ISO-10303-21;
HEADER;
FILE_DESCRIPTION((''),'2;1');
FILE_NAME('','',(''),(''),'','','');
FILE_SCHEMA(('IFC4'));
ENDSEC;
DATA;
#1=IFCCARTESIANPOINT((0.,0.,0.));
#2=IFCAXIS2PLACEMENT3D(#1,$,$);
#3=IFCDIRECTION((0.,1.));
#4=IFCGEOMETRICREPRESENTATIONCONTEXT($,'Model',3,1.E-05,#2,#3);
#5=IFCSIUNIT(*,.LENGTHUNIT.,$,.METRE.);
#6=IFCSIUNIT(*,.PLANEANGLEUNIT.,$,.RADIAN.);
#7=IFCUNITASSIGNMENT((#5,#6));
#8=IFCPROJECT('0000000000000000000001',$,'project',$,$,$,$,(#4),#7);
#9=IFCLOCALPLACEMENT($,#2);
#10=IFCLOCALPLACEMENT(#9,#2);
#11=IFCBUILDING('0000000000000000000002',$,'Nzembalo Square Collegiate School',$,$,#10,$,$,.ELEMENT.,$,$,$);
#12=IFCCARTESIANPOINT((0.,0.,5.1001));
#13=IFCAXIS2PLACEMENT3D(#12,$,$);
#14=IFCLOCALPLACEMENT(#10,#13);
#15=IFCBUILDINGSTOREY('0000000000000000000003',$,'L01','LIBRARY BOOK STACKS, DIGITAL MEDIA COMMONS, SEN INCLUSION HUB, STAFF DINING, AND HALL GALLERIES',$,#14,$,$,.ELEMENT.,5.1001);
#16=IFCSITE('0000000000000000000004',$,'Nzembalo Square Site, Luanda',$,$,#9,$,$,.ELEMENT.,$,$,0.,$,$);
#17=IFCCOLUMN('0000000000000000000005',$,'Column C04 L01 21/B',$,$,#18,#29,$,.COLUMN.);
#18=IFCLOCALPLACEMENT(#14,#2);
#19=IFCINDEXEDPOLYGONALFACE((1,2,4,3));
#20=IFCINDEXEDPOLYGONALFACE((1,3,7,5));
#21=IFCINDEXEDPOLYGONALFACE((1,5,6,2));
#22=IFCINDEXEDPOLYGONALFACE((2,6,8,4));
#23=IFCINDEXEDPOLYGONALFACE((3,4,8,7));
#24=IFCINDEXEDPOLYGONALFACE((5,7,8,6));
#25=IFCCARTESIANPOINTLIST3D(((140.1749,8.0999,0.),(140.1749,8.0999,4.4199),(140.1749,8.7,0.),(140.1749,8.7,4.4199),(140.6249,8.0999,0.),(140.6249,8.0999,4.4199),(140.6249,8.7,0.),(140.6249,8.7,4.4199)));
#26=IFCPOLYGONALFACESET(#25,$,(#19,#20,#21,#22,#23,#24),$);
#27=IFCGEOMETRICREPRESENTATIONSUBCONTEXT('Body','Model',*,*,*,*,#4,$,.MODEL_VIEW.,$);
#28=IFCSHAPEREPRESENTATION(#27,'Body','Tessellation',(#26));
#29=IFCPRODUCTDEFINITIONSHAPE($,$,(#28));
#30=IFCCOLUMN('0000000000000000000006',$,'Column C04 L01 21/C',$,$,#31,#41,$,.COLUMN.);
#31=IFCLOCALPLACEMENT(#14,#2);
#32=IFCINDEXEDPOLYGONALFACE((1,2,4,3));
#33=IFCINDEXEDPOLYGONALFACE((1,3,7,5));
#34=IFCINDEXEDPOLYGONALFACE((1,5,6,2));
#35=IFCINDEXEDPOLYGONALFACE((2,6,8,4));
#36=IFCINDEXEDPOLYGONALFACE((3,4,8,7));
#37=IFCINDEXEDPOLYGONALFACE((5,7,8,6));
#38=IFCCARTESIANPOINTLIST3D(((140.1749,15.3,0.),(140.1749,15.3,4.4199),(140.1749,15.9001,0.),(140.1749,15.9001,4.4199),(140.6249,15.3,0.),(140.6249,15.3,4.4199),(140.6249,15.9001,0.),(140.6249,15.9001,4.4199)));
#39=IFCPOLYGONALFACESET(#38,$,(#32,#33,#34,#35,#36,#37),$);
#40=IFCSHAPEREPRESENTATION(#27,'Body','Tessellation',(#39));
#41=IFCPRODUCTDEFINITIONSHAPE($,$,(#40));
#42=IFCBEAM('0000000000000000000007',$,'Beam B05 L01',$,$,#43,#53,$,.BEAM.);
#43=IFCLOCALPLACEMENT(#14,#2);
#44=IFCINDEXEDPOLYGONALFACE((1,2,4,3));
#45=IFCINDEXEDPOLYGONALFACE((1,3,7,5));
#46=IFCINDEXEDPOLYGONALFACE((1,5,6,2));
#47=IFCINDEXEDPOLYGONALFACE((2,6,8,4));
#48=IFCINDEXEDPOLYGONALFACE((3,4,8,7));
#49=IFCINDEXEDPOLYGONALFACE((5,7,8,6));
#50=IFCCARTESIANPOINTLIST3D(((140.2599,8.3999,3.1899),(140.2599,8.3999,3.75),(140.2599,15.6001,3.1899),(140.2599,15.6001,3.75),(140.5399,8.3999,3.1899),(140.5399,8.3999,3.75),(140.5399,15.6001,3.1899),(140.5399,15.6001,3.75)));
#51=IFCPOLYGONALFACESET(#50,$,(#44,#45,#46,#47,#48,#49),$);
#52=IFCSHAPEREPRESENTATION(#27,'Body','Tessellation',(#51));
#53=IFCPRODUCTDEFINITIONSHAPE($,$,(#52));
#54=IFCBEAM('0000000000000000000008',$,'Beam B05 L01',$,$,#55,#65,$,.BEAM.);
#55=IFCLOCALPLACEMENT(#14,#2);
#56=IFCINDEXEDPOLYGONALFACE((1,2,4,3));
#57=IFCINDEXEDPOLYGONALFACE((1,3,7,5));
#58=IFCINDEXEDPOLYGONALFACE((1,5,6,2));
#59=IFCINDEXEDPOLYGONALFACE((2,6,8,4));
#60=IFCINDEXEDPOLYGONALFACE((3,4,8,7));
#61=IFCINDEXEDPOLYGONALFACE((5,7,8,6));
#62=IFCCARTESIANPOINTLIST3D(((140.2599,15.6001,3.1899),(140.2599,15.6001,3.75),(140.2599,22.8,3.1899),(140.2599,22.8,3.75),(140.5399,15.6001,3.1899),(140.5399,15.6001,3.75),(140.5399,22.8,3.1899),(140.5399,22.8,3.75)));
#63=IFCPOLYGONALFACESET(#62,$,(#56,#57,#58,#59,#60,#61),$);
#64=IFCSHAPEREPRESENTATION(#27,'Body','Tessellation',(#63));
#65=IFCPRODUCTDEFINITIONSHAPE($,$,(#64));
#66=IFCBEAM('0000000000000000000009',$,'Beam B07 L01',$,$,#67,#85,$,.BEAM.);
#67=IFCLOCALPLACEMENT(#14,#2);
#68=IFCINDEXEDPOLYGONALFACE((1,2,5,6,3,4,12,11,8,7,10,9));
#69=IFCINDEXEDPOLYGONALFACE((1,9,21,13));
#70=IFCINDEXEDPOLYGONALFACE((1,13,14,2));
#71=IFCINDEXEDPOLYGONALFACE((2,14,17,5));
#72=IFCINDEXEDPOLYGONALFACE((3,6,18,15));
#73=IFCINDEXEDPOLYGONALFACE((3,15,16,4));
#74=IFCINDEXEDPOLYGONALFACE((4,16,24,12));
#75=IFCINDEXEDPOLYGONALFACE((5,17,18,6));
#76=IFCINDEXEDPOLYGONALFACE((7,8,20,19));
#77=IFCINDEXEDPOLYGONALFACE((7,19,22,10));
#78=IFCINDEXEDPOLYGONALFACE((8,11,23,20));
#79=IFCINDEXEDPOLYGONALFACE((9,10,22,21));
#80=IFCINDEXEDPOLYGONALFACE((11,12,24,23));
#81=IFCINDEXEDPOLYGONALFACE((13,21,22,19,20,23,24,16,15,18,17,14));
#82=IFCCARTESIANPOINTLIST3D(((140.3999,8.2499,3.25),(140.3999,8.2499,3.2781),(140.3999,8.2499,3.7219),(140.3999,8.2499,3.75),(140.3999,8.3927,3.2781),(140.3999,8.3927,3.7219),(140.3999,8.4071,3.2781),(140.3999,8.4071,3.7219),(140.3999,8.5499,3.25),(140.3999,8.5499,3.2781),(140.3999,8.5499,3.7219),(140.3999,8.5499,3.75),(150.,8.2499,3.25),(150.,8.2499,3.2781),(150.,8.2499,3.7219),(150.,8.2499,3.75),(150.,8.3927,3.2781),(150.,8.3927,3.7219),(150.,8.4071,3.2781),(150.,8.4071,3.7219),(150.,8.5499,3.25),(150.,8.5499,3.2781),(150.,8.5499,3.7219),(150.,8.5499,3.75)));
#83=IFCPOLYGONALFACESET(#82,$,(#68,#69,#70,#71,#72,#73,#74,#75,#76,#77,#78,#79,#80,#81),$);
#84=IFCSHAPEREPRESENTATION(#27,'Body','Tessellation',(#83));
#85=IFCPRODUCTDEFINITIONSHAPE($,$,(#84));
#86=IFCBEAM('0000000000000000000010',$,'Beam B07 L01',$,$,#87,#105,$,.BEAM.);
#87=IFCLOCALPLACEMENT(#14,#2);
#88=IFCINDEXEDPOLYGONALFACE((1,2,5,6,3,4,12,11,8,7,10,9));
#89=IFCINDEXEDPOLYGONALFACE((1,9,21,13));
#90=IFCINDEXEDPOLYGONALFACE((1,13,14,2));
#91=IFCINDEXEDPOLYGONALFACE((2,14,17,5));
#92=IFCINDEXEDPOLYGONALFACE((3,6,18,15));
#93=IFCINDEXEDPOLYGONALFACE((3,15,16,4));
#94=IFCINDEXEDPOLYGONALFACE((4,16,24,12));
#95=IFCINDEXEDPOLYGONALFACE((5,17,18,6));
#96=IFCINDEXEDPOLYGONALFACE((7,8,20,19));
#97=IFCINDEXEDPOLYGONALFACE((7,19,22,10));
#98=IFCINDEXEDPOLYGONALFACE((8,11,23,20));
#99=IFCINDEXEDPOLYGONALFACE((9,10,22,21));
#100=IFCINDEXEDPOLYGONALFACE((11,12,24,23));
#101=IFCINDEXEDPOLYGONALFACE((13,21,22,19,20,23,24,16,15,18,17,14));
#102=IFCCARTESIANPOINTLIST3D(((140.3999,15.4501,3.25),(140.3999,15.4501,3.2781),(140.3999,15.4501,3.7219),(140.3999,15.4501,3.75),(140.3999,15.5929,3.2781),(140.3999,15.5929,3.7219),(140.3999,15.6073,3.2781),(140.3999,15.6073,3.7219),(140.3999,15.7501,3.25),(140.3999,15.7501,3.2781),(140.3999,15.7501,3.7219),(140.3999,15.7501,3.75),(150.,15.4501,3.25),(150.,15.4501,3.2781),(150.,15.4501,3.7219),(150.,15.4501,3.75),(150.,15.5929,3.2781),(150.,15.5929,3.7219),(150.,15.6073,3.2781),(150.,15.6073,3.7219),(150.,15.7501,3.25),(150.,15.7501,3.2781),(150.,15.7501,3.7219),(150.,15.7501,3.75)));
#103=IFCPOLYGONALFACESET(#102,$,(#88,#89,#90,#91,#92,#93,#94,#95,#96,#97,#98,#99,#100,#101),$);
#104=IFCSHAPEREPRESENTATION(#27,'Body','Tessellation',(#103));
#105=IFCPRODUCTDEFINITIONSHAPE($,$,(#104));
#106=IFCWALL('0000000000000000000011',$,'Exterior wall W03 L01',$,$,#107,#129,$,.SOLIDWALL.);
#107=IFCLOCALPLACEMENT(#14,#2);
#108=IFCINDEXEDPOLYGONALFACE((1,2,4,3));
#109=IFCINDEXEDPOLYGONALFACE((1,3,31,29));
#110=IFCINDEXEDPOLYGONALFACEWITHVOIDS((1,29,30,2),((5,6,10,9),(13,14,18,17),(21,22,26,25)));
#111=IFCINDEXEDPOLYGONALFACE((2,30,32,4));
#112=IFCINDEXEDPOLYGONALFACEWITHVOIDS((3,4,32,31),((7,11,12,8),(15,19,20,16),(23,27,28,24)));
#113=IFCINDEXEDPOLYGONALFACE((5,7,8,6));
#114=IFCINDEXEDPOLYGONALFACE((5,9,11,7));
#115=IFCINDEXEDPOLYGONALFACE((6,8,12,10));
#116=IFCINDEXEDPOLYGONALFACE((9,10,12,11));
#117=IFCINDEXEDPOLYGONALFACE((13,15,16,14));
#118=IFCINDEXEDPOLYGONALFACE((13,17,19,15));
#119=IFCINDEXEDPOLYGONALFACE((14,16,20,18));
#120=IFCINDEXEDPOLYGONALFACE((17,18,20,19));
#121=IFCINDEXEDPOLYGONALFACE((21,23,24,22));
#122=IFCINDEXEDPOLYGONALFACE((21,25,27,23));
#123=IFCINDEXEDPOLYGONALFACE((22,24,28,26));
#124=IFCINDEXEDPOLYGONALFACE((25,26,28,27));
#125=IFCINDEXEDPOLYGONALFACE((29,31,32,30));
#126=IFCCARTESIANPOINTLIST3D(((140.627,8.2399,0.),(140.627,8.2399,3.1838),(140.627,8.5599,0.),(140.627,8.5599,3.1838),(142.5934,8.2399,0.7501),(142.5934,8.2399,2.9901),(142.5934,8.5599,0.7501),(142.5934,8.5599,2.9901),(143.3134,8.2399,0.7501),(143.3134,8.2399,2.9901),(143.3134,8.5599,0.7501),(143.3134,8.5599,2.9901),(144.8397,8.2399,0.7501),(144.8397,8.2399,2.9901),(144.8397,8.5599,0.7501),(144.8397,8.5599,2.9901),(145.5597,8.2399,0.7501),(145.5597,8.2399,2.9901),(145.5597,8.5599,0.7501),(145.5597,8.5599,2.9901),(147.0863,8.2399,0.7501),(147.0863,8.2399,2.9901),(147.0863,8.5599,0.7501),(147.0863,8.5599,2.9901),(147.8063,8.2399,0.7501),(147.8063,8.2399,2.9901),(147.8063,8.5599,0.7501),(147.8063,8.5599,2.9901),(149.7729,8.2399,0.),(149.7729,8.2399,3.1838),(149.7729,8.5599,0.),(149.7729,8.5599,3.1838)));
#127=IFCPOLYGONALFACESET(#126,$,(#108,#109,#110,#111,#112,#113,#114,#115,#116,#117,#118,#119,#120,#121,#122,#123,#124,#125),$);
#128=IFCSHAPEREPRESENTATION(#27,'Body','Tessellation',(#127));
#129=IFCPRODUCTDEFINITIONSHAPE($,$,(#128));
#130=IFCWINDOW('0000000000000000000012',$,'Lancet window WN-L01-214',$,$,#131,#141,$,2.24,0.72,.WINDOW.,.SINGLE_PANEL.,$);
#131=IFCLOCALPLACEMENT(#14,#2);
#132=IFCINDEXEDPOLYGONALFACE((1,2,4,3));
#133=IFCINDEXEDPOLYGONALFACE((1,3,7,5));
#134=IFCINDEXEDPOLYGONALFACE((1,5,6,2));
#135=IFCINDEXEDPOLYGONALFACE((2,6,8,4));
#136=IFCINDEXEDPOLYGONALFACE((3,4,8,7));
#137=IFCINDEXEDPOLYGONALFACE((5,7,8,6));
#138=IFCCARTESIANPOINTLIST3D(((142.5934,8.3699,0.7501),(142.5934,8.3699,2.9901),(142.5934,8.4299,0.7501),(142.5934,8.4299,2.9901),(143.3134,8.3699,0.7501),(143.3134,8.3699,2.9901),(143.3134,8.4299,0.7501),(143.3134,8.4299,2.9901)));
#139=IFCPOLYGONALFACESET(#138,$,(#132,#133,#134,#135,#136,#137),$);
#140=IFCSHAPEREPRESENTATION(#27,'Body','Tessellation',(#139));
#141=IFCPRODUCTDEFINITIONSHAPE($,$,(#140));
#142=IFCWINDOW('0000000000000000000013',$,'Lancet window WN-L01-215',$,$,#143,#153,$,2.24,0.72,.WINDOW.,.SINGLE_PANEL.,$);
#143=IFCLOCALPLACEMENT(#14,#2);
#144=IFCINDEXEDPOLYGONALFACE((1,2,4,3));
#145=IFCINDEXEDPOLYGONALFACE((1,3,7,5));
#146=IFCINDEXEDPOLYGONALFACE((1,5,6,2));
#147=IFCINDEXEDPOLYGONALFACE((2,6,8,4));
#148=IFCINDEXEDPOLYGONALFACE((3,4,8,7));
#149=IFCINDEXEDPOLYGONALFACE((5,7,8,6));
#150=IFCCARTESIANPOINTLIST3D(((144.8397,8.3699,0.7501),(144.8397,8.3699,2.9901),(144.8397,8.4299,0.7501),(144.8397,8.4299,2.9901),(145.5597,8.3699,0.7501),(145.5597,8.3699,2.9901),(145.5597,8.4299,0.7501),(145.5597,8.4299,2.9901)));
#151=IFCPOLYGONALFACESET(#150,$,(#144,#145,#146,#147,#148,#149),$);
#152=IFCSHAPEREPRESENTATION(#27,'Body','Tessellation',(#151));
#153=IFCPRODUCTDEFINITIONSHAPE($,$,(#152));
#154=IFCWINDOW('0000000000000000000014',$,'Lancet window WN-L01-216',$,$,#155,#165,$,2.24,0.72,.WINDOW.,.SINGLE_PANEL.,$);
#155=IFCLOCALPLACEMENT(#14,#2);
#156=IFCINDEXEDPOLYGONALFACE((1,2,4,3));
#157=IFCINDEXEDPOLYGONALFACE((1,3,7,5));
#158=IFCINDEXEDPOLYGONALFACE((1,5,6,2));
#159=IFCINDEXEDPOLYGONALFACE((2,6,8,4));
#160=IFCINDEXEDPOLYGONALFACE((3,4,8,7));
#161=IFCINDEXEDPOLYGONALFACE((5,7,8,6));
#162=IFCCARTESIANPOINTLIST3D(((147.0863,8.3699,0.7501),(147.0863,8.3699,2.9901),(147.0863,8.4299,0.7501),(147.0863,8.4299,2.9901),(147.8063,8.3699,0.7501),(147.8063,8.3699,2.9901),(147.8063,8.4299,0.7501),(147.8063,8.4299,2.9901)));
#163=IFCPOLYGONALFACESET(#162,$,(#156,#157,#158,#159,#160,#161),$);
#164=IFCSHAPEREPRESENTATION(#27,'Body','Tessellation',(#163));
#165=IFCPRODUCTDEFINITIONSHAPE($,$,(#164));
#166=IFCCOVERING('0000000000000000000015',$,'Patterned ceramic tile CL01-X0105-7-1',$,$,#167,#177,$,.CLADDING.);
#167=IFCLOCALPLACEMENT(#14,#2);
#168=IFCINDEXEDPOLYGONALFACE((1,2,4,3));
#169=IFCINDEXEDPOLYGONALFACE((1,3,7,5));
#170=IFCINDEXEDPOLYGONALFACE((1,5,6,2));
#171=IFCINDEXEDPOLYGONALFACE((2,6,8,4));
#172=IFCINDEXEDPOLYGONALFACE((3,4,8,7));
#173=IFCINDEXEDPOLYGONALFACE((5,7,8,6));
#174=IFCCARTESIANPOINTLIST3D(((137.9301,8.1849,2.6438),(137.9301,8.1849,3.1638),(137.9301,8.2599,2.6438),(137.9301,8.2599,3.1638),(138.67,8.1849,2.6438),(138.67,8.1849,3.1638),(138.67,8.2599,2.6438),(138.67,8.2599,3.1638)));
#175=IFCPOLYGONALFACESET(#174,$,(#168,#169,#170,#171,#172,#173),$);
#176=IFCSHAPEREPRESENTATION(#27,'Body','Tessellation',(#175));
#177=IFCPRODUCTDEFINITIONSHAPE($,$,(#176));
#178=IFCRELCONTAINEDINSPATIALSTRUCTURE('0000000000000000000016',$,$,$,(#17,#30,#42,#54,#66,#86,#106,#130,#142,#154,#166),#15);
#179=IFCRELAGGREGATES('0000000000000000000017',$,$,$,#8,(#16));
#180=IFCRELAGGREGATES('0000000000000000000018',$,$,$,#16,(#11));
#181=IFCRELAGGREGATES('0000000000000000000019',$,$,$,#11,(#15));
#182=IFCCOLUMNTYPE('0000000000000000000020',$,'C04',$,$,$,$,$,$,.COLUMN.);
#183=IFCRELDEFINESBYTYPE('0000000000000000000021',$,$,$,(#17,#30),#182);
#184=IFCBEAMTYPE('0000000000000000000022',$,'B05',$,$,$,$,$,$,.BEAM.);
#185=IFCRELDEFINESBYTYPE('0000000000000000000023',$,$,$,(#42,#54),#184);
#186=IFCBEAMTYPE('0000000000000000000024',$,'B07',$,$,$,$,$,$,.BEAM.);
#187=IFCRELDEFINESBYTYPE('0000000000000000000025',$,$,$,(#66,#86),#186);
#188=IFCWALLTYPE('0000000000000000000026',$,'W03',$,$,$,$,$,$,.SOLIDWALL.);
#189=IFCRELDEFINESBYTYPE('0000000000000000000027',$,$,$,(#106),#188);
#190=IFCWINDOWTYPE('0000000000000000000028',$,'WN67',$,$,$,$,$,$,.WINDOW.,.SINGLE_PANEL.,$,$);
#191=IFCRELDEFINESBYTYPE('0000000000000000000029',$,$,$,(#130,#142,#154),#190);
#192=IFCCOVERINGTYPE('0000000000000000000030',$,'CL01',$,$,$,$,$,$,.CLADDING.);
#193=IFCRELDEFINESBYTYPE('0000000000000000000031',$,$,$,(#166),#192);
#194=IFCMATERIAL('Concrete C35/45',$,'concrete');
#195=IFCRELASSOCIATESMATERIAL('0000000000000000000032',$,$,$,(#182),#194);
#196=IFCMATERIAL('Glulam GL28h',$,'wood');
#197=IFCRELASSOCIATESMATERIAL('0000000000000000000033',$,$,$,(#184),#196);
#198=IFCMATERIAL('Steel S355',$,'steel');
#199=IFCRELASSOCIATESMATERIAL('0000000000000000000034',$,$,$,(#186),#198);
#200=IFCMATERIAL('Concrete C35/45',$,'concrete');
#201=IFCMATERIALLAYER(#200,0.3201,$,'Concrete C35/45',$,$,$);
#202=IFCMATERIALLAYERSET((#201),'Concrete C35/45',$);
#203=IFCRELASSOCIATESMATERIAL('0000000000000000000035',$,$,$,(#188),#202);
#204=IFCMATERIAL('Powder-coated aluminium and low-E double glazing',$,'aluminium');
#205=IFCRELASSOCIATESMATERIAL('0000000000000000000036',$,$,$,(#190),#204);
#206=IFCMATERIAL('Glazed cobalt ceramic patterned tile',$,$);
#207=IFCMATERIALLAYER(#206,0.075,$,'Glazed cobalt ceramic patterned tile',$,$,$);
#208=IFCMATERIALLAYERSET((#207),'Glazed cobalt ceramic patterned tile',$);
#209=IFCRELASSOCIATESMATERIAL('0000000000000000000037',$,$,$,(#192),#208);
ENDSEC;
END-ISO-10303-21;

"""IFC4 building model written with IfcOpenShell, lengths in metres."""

from ifc_helpers import new_model, si_unit, direction, frame, frame_2d, origin, origin_2d, place, context, subcontext, project, spatial, rectangle, i_section, extrude, material, layer, layer_set, material_profile, profile_set, type_object, element, fill, save


model = new_model("IFC4")

# Units and contexts
model_context = context("Model", 3, precision=1e-05, world=origin(), true_north=direction((0.0, 1.0)))
body_context = subcontext(model_context, "Body", "Model", "MODEL_VIEW")
ifc_project = project(units=[si_unit("LENGTHUNIT", "METRE"), si_unit("PLANEANGLEUNIT", "RADIAN")], contexts=[model_context])

# Site, building, storey
site_placement = place(None, origin())
site = spatial("IfcSite", under=ifc_project, at=site_placement, Name="Nzembalo Square Site, Luanda", CompositionType="ELEMENT", RefElevation=0.0)
building_placement = place(site_placement, origin())
building = spatial("IfcBuilding", under=site, at=building_placement, Name="Nzembalo Square Collegiate School", CompositionType="ELEMENT")
storey_placement = place(building_placement, frame((0.0, 0.0, 5.1001)))
storey = spatial("IfcBuildingStorey", under=building, at=storey_placement, Name="L01", Description="LIBRARY BOOK STACKS, DIGITAL MEDIA COMMONS, SEN INCLUSION HUB, STAFF DINING, AND HALL GALLERIES", CompositionType="ELEMENT", Elevation=5.1001)

# Columns
ifc_material_1 = material(Name="Concrete C35/45", Category="concrete")
ifc_material_profile_1 = material_profile(ifc_material_1, rectangle(XDim=0.45, YDim=0.6001, at=origin_2d()), Name="RC 450x600")
ifc_profile_set_1 = profile_set([ifc_material_profile_1], Name="Concrete C35/45")
column_type = type_object("IfcColumnType", Name="C04", PredefinedType="COLUMN", material=ifc_profile_set_1)
for number, where, z_axis, x_axis, name in (
    (1, (140.3999, 8.3999, 0.0), (0.0, 0.0, 1.0), (1.0, 0.0, 0.0), "Column C04 L01 21/B"),
    (2, (140.3999, 15.6001, 0.0), (0.0, 0.0, 1.0), (1.0, 0.0, 0.0), "Column C04 L01 21/C"),
):
    element("IfcColumn", number, at=place(storey_placement, frame(where, z_axis=z_axis, x_axis=x_axis)), inside=storey, type_object=column_type, Name=name, PredefinedType="COLUMN", context=body_context, shape_type="SweptSolid", body=[
        extrude(rectangle(XDim=0.45, YDim=0.6001, at=origin_2d()), origin(), (0.0, 0.0, 1.0), 4.4199),
    ])

# Beams
ifc_material_2 = material(Name="Glulam GL28h", Category="wood")
ifc_material_profile_2 = material_profile(ifc_material_2, rectangle(XDim=0.28, YDim=0.5601, at=origin_2d()), Name="GL28h 280x560")
ifc_profile_set_2 = profile_set([ifc_material_profile_2], Name="Glulam GL28h")
beam_type_1 = type_object("IfcBeamType", Name="B05", PredefinedType="BEAM", material=ifc_profile_set_2)
beam_1_placement = place(storey_placement, frame((140.3999, 8.3999, 3.47), z_axis=(0.0, 1.0, 0.0), x_axis=(-1.0, 0.0, 0.0)))
element("IfcBeam", 3, at=beam_1_placement, inside=storey, type_object=beam_type_1, Name="Beam B05 L01", PredefinedType="BEAM", context=body_context, shape_type="SweptSolid", body=[
    extrude(rectangle(XDim=0.28, YDim=0.5601, at=origin_2d()), origin(), (0.0, 0.0, 1.0), 7.2002),
])
beam_2_placement = place(storey_placement, frame((140.3999, 15.6001, 3.47), z_axis=(0.0, 1.0, 0.0), x_axis=(-1.0, 0.0, 0.0)))
element("IfcBeam", 4, at=beam_2_placement, inside=storey, type_object=beam_type_1, Name="Beam B05 L01", PredefinedType="BEAM", context=body_context, shape_type="SweptSolid", body=[
    extrude(rectangle(XDim=0.28, YDim=0.5601, at=origin_2d()), origin(), (0.0, 0.0, 1.0), 7.2),
])
ifc_material_3 = material(Name="Steel S355", Category="steel")
ifc_material_profile_3 = material_profile(ifc_material_3, i_section(OverallWidth=0.3, OverallDepth=0.5, WebThickness=0.0144, FlangeThickness=0.0281, at=origin_2d()), Name="HEB 500")
ifc_profile_set_3 = profile_set([ifc_material_profile_3], Name="Steel S355")
beam_type_2 = type_object("IfcBeamType", Name="B07", PredefinedType="BEAM", material=ifc_profile_set_3)
for number, where, z_axis, x_axis, name in (
    (5, (140.3999, 8.3999, 3.5), (1.0, 0.0, 0.0), (0.0, 1.0, 0.0), "Beam B07 L01"),
    (6, (140.3999, 15.6001, 3.5), (1.0, 0.0, 0.0), (0.0, 1.0, 0.0), "Beam B07 L01"),
):
    element("IfcBeam", number, at=place(storey_placement, frame(where, z_axis=z_axis, x_axis=x_axis)), inside=storey, type_object=beam_type_2, Name=name, PredefinedType="BEAM", context=body_context, shape_type="SweptSolid", body=[
        extrude(i_section(OverallWidth=0.3, OverallDepth=0.5, WebThickness=0.0144, FlangeThickness=0.0281, at=origin_2d()), origin(), (0.0, 0.0, 1.0), 9.6001),
    ])

# Wall, openings, windows
ifc_material_4 = material(Name="Concrete C35/45", Category="concrete")
ifc_layer_1 = layer(ifc_material_4, 0.3201, Name="Concrete C35/45")
ifc_layer_set_1 = layer_set([ifc_layer_1], Name="Concrete C35/45")
wall_type = type_object("IfcWallType", Name="W03", PredefinedType="SOLIDWALL", material=ifc_layer_set_1)
wall_placement = place(storey_placement, frame((140.627, 8.3999, 0.0), z_axis=(0.0, 0.0, 1.0), x_axis=(1.0, 0.0, 0.0)))
wall = element("IfcWall", 7, at=wall_placement, inside=storey, type_object=wall_type, Name="Exterior wall W03 L01", PredefinedType="SOLIDWALL", context=body_context, shape_type="SweptSolid", body=[
    extrude(rectangle(XDim=9.146, YDim=0.3201, at=frame_2d((4.573, 0.0))), origin(), (0.0, 0.0, 1.0), 3.1838),
])
opening_1_placement = place(wall_placement, frame((1.9666, 0.0, 0.75)))
opening_1 = element("IfcOpeningElement", 8, at=opening_1_placement, cuts=wall, PredefinedType="OPENING", context=body_context, shape_type="SweptSolid", body=[
    extrude(rectangle(XDim=0.72, YDim=2.24, at=frame_2d((0.3599, 1.1201))), frame((0.0, 0.1699, 0.0), z_axis=(0.0, -1.0, 0.0), x_axis=(1.0, 0.0, 0.0)), (0.0, 0.0, 1.0), 0.3401),
])
opening_2_placement = place(wall_placement, frame((4.2129, 0.0, 0.75)))
opening_2 = element("IfcOpeningElement", 9, at=opening_2_placement, cuts=wall, PredefinedType="OPENING", context=body_context, shape_type="SweptSolid", body=[
    extrude(rectangle(XDim=0.72, YDim=2.24, at=frame_2d((0.3599, 1.1201))), frame((0.0, 0.1699, 0.0), z_axis=(0.0, -1.0, 0.0), x_axis=(1.0, 0.0, 0.0)), (0.0, 0.0, 1.0), 0.3401),
])
opening_3_placement = place(wall_placement, frame((6.4595, 0.0, 0.75)))
opening_3 = element("IfcOpeningElement", 10, at=opening_3_placement, cuts=wall, PredefinedType="OPENING", context=body_context, shape_type="SweptSolid", body=[
    extrude(rectangle(XDim=0.72, YDim=2.24, at=frame_2d((0.3599, 1.1201))), frame((0.0, 0.1699, 0.0), z_axis=(0.0, -1.0, 0.0), x_axis=(1.0, 0.0, 0.0)), (0.0, 0.0, 1.0), 0.3401),
])
ifc_material_5 = material(Name="Powder-coated aluminium and low-E double glazing", Category="aluminium")
window_type = type_object("IfcWindowType", Name="WN67", PartitioningType="SINGLE_PANEL", PredefinedType="WINDOW", material=ifc_material_5)
window_1_placement = place(opening_1_placement, origin())
window_1 = element("IfcWindow", 11, at=window_1_placement, inside=storey, type_object=window_type, Name="Lancet window WN-L01-214", OverallHeight=2.24, OverallWidth=0.72, PartitioningType="SINGLE_PANEL", PredefinedType="WINDOW", context=body_context, shape_type="SweptSolid", body=[
    extrude(rectangle(XDim=0.72, YDim=2.24, at=frame_2d((0.3599, 1.1201))), frame((0.0, 0.03, 0.0), z_axis=(0.0, -1.0, 0.0), x_axis=(1.0, 0.0, 0.0)), (0.0, 0.0, 1.0), 0.0601),
])
fill(opening_1, window_1)
window_2_placement = place(opening_2_placement, origin())
window_2 = element("IfcWindow", 12, at=window_2_placement, inside=storey, type_object=window_type, Name="Lancet window WN-L01-215", OverallHeight=2.24, OverallWidth=0.72, PartitioningType="SINGLE_PANEL", PredefinedType="WINDOW", context=body_context, shape_type="SweptSolid", body=[
    extrude(rectangle(XDim=0.72, YDim=2.24, at=frame_2d((0.3599, 1.1201))), frame((0.0, 0.03, 0.0), z_axis=(0.0, -1.0, 0.0), x_axis=(1.0, 0.0, 0.0)), (0.0, 0.0, 1.0), 0.0601),
])
fill(opening_2, window_2)
window_3_placement = place(opening_3_placement, origin())
window_3 = element("IfcWindow", 13, at=window_3_placement, inside=storey, type_object=window_type, Name="Lancet window WN-L01-216", OverallHeight=2.24, OverallWidth=0.72, PartitioningType="SINGLE_PANEL", PredefinedType="WINDOW", context=body_context, shape_type="SweptSolid", body=[
    extrude(rectangle(XDim=0.72, YDim=2.24, at=frame_2d((0.3599, 1.1201))), frame((0.0, 0.03, 0.0), z_axis=(0.0, -1.0, 0.0), x_axis=(1.0, 0.0, 0.0)), (0.0, 0.0, 1.0), 0.0601),
])
fill(opening_3, window_3)

# Covering
ifc_material_6 = material(Name="Glazed cobalt ceramic patterned tile")
ifc_layer_2 = layer(ifc_material_6, 0.075, Name="Glazed cobalt ceramic patterned tile")
ifc_layer_set_2 = layer_set([ifc_layer_2], Name="Glazed cobalt ceramic patterned tile")
covering_type_1 = type_object("IfcCoveringType", Name="CL01", PredefinedType="CLADDING", material=ifc_layer_set_2)
for number, where, z_axis, x_axis, name in (
    (14, (138.3, 8.2224, 2.6438), (0.0, 0.0, 1.0), (1.0, 0.0, 0.0), "Patterned ceramic tile CL01-X0105-7-1"),
):
    element("IfcCovering", number, at=place(storey_placement, frame(where, z_axis=z_axis, x_axis=x_axis)), inside=storey, type_object=covering_type_1, Name=name, PredefinedType="CLADDING", context=body_context, shape_type="SweptSolid", body=[
        extrude(rectangle(XDim=0.74, YDim=0.075, at=origin_2d()), origin(), (0.0, 0.0, 1.0), 0.52),
    ])

save(model, "model.ifc")
